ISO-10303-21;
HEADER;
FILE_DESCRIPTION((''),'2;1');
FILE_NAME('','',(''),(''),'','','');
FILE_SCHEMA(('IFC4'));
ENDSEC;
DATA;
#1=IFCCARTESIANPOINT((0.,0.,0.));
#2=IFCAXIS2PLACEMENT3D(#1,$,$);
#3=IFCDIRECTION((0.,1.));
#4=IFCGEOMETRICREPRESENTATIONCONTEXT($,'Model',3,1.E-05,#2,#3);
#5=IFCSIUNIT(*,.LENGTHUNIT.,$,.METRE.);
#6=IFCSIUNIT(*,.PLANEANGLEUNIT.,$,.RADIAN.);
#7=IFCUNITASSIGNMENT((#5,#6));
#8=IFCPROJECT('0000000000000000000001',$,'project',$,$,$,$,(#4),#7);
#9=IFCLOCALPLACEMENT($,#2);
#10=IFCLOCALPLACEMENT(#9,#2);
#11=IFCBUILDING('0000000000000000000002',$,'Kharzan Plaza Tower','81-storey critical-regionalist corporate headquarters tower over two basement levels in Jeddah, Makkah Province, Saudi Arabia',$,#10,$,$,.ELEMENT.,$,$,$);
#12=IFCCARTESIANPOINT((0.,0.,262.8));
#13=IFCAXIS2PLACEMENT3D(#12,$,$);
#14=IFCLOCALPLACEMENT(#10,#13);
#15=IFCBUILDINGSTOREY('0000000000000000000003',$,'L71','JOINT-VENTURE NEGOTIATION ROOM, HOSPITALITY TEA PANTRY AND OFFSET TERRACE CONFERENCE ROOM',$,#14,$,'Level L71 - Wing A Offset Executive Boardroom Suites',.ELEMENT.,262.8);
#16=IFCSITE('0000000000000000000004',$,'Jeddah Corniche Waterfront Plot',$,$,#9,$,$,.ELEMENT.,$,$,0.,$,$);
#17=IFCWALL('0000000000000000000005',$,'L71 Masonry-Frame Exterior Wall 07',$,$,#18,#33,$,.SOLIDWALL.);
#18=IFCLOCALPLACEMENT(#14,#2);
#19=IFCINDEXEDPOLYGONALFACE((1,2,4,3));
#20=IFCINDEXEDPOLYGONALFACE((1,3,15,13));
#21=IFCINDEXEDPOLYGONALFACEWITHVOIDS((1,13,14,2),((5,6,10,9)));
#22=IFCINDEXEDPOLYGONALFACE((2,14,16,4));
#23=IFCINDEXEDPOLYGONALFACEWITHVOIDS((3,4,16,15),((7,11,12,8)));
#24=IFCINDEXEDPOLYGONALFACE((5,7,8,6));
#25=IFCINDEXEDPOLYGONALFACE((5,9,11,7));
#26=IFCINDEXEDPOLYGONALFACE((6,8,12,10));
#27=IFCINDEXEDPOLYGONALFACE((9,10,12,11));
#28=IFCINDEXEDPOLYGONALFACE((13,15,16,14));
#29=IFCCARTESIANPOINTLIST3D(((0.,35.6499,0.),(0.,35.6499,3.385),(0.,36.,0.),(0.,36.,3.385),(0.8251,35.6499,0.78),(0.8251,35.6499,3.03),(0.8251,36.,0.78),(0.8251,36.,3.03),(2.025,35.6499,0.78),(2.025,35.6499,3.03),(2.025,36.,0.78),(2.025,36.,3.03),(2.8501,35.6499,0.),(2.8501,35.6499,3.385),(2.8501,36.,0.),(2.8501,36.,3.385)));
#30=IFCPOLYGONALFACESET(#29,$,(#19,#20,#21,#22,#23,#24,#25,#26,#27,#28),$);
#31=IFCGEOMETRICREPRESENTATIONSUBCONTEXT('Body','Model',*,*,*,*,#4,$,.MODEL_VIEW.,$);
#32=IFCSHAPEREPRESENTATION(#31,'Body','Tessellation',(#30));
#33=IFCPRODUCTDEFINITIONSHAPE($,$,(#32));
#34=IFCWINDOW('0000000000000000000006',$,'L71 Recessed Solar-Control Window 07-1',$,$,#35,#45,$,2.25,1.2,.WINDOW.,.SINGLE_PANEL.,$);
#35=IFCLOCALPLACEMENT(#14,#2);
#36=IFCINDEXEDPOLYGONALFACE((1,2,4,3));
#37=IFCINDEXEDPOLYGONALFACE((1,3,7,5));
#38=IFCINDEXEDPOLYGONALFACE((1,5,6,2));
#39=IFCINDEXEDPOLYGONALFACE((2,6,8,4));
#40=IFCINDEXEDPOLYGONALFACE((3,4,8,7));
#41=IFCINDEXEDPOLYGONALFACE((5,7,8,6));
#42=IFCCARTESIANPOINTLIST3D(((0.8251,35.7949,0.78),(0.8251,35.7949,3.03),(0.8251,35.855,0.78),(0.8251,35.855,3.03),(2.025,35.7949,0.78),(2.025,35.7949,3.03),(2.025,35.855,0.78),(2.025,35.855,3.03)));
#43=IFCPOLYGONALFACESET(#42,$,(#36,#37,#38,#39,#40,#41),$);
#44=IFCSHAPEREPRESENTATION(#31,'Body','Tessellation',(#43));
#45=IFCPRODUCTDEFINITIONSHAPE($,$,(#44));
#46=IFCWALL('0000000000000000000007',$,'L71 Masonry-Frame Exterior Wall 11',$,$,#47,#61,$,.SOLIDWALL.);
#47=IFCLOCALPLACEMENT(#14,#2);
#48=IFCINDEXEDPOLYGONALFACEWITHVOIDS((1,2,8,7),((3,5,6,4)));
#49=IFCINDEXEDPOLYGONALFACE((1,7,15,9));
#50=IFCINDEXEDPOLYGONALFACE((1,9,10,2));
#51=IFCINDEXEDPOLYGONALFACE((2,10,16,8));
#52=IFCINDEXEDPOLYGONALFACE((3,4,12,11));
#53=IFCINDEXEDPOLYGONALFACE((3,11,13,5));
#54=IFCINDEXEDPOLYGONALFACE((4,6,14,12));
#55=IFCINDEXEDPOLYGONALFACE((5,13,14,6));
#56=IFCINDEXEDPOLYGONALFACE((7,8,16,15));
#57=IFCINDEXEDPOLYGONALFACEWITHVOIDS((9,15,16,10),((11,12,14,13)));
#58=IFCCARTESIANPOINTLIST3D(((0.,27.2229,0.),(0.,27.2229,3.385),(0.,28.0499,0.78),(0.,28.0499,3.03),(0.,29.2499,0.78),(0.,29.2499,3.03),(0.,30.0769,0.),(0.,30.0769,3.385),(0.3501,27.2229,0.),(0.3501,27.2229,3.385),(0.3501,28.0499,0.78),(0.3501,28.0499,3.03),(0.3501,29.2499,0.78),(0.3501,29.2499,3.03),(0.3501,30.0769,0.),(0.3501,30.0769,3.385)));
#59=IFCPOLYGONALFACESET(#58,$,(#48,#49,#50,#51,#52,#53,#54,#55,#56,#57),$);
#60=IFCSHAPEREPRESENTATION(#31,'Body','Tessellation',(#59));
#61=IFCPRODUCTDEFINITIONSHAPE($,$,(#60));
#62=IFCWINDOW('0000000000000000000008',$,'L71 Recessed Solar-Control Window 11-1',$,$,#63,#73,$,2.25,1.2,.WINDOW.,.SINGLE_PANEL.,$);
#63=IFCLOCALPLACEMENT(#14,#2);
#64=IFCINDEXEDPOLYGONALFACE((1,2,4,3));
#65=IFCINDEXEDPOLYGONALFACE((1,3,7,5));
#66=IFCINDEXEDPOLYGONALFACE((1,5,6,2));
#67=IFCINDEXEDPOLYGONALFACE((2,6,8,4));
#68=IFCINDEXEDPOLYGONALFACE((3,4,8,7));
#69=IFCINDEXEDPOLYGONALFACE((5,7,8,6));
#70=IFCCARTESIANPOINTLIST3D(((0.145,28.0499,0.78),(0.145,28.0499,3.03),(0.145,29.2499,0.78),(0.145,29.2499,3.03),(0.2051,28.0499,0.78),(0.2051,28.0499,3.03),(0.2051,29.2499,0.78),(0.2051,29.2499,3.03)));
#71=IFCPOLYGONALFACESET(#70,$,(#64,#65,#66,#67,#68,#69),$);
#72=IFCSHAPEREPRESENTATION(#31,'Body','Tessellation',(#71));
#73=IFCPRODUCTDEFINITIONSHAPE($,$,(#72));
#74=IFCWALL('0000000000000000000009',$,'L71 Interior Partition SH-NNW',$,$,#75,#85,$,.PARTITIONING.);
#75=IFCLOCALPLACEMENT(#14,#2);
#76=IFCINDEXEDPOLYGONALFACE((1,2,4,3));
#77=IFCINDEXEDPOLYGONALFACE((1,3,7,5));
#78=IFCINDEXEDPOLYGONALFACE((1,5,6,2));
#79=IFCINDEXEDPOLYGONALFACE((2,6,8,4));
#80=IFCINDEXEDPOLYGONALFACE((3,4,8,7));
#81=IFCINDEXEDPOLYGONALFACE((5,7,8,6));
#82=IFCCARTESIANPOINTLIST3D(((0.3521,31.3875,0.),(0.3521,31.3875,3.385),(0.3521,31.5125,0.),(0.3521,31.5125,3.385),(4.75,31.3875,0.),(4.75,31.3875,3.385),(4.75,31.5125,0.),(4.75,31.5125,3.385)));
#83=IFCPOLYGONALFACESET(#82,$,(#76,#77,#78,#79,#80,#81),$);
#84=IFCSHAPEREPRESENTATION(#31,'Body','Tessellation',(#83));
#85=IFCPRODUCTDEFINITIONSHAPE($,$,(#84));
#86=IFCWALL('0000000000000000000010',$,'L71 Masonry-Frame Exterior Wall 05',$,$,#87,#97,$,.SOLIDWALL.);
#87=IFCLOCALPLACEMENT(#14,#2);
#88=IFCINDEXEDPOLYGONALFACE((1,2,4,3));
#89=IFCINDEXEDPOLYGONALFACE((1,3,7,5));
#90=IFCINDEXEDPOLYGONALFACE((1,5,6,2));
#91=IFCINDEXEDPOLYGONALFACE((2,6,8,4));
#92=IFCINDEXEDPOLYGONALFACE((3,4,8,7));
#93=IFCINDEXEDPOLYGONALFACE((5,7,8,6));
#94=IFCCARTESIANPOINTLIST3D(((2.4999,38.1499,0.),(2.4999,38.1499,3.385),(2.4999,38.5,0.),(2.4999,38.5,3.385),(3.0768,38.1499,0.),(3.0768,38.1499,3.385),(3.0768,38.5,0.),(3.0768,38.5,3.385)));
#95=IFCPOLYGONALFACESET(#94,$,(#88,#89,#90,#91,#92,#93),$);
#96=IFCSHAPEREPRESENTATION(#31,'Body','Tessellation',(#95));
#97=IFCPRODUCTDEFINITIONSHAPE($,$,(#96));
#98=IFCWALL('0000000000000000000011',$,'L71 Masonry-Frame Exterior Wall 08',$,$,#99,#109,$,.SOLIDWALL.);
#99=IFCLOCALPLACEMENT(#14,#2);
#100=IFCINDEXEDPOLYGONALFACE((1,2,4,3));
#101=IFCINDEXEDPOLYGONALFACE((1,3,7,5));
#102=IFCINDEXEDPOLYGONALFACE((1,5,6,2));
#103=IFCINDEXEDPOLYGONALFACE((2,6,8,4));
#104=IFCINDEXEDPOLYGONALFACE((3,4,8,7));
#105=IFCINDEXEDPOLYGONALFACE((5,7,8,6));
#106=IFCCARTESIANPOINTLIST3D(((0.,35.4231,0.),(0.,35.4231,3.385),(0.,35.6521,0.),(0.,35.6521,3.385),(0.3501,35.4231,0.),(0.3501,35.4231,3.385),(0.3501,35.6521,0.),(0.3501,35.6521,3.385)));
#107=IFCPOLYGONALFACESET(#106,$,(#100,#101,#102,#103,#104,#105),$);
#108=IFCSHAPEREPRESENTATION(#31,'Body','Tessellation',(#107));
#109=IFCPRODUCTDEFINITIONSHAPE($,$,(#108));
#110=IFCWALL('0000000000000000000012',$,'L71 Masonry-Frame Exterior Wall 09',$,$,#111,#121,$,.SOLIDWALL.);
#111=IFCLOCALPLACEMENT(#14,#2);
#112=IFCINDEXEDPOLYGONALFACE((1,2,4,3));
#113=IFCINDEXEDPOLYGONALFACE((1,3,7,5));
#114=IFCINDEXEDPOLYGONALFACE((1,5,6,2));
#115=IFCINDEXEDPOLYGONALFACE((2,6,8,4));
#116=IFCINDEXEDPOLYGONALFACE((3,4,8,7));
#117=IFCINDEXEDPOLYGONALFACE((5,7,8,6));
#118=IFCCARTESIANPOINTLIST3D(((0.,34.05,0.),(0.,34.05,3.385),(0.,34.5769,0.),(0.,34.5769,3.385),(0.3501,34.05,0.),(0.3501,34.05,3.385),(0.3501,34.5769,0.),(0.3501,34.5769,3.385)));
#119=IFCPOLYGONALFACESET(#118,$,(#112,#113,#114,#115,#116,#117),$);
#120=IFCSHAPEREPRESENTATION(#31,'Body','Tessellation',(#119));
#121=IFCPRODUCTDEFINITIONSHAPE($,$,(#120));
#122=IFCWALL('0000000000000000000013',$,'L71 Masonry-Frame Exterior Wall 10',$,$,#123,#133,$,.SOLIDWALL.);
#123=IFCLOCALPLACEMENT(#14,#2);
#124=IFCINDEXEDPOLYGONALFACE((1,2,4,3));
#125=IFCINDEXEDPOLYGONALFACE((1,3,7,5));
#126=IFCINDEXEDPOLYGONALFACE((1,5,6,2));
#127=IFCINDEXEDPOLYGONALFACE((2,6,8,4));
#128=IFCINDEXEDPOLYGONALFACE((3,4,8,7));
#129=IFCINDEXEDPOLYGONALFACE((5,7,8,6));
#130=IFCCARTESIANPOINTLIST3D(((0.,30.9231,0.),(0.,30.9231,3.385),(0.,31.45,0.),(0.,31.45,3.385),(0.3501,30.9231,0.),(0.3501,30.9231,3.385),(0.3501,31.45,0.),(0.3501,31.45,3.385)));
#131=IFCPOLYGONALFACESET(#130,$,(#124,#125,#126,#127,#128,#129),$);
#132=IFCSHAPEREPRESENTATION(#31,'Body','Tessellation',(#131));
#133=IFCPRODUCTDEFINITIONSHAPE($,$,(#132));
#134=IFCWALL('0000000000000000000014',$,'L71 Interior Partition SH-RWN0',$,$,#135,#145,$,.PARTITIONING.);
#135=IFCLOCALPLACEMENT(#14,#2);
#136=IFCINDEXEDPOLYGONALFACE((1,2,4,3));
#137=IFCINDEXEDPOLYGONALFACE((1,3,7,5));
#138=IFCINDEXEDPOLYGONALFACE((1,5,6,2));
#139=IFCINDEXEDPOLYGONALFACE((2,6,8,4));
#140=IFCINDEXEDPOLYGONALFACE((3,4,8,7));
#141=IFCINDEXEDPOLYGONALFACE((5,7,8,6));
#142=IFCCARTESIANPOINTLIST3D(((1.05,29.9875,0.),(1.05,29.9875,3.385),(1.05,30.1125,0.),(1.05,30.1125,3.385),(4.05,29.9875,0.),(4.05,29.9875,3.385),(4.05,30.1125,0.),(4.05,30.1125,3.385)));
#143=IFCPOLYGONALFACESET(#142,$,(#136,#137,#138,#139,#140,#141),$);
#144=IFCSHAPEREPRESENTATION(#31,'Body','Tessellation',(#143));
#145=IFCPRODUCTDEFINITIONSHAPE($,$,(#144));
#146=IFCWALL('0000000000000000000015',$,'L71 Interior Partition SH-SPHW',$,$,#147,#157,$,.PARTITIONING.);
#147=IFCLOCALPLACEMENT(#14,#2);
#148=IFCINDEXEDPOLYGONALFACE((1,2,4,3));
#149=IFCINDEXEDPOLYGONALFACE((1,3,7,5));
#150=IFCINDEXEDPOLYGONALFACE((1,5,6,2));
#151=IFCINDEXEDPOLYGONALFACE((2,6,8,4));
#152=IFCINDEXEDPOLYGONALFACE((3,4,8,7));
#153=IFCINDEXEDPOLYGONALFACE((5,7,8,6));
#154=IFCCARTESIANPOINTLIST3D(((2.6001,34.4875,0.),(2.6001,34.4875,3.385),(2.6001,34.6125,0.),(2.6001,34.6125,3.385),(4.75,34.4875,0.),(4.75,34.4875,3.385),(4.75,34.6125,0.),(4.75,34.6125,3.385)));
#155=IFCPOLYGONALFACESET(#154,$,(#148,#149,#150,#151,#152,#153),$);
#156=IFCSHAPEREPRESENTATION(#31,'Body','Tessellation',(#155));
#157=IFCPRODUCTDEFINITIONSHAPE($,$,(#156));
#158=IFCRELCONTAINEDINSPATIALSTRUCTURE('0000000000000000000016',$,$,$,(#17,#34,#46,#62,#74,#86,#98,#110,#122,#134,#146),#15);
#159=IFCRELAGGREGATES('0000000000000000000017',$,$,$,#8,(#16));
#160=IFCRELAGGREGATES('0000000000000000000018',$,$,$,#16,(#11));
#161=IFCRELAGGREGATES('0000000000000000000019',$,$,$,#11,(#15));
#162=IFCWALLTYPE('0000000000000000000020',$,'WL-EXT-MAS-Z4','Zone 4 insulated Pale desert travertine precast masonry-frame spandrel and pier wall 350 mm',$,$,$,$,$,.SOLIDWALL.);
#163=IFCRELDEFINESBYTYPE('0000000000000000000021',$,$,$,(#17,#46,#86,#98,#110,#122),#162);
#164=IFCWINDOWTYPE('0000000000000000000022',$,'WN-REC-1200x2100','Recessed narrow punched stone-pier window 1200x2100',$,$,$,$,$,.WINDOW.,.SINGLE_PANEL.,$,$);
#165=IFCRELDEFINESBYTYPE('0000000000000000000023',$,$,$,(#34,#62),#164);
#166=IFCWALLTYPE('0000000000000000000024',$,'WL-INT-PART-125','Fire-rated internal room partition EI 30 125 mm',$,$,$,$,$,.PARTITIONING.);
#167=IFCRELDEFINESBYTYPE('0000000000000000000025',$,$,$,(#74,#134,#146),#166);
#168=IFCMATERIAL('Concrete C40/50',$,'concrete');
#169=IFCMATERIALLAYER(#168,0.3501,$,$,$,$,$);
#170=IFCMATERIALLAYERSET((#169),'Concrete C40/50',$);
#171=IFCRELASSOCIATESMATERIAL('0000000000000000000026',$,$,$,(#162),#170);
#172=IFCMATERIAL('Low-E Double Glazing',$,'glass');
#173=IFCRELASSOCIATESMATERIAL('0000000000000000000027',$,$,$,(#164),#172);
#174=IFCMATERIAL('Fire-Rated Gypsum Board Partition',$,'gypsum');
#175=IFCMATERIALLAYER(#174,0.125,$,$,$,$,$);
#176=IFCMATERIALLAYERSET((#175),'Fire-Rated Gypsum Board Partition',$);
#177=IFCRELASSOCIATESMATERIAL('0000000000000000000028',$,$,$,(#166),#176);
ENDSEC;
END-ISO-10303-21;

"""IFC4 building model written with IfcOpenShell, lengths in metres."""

from ifc_helpers import new_model, si_unit, direction, frame, frame_2d, origin, place, context, subcontext, project, spatial, rectangle, extrude, source, transform, mapped, material, layer, layer_set, type_object, element, fill, save


model = new_model("IFC4")

# Units and contexts
model_context = context("Model", 3, precision=1e-05, world=origin(), true_north=direction((0.0, 1.0)))
body_context = subcontext(model_context, "Body", "Model", "MODEL_VIEW")
ifc_project = project(units=[si_unit("LENGTHUNIT", "METRE"), si_unit("PLANEANGLEUNIT", "RADIAN")], contexts=[model_context])

# Site, building, storey
site_placement = place(None, origin())
site = spatial("IfcSite", under=ifc_project, at=site_placement, Name="Jeddah Corniche Waterfront Plot", CompositionType="ELEMENT", RefElevation=0.0)
building_placement = place(site_placement, origin())
building = spatial("IfcBuilding", under=site, at=building_placement, Name="Kharzan Plaza Tower", Description="81-storey critical-regionalist corporate headquarters tower over two basement levels in Jeddah, Makkah Province, Saudi Arabia", CompositionType="ELEMENT")
storey_placement = place(building_placement, frame((0.0, 0.0, 262.8)))
storey = spatial("IfcBuildingStorey", under=building, at=storey_placement, Name="L71", Description="JOINT-VENTURE NEGOTIATION ROOM, HOSPITALITY TEA PANTRY AND OFFSET TERRACE CONFERENCE ROOM", LongName="Level L71 - Wing A Offset Executive Boardroom Suites", CompositionType="ELEMENT", Elevation=262.8)

# Walls, openings, windows
ifc_material_1 = material(Name="Concrete C40/50", Category="concrete")
ifc_layer_1 = layer(ifc_material_1, 0.3501)
ifc_layer_set_1 = layer_set([ifc_layer_1], Name="Concrete C40/50")
wall_type_1 = type_object("IfcWallType", Name="WL-EXT-MAS-Z4", Description="Zone 4 insulated Pale desert travertine precast masonry-frame spandrel and pier wall 350 mm", PredefinedType="SOLIDWALL", material=ifc_layer_set_1)
ifc_material_2 = material(Name="Low-E Double Glazing", Category="glass")
window_type = type_object("IfcWindowType", Name="WN-REC-1200x2100", Description="Recessed narrow punched stone-pier window 1200x2100", PartitioningType="SINGLE_PANEL", PredefinedType="WINDOW", material=ifc_material_2)
shared_shape_1 = source(origin(), body_context, "Body", "SweptSolid", [
    extrude(rectangle(XDim=1.2, YDim=2.25, at=frame_2d((0.6001, 1.125))), frame((0.0, 0.03, 0.0), z_axis=(0.0, -1.0, 0.0), x_axis=(1.0, 0.0, 0.0)), (0.0, 0.0, 1.0), 0.0601),
])
wall_1_placement = place(storey_placement, frame((2.8501, 35.825, 0.0), z_axis=(0.0, 0.0, 1.0), x_axis=(-1.0, 0.0, 0.0)))
wall_1 = element("IfcWall", 1, at=wall_1_placement, inside=storey, type_object=wall_type_1, Name="L71 Masonry-Frame Exterior Wall 07", PredefinedType="SOLIDWALL", context=body_context, shape_type="SweptSolid", body=[
    extrude(rectangle(XDim=2.8501, YDim=0.3501, at=frame_2d((1.425, 0.0))), origin(), (0.0, 0.0, 1.0), 3.385),
])
opening_1_placement = place(wall_1_placement, frame((0.825, 0.0, 0.78)))
opening_1 = element("IfcOpeningElement", 2, at=opening_1_placement, cuts=wall_1, PredefinedType="OPENING", context=body_context, shape_type="SweptSolid", body=[
    extrude(rectangle(XDim=1.2, YDim=2.25, at=frame_2d((0.6001, 1.125))), frame((0.0, 0.1851, 0.0), z_axis=(0.0, -1.0, 0.0), x_axis=(1.0, 0.0, 0.0)), (0.0, 0.0, 1.0), 0.3701),
])
window_1_placement = place(opening_1_placement, origin())
window_1 = element("IfcWindow", 3, at=window_1_placement, inside=storey, type_object=window_type, Name="L71 Recessed Solar-Control Window 07-1", OverallHeight=2.25, OverallWidth=1.2, PartitioningType="SINGLE_PANEL", PredefinedType="WINDOW", context=body_context, shape_type="MappedRepresentation", body=[
    mapped(shared_shape_1, transform((0.0, 0.0, 0.0), x_axis=(1.0, 0.0, 0.0), y_axis=(0.0, 1.0, 0.0), z_axis=(0.0, 0.0, 1.0))),
])
fill(opening_1, window_1)
wall_2_placement = place(storey_placement, frame((0.175, 30.0769, 0.0), z_axis=(0.0, 0.0, 1.0), x_axis=(0.0, -1.0, 0.0)))
wall_2 = element("IfcWall", 4, at=wall_2_placement, inside=storey, type_object=wall_type_1, Name="L71 Masonry-Frame Exterior Wall 11", PredefinedType="SOLIDWALL", context=body_context, shape_type="SweptSolid", body=[
    extrude(rectangle(XDim=2.854, YDim=0.3501, at=frame_2d((1.427, 0.0))), origin(), (0.0, 0.0, 1.0), 3.385),
])
opening_2_placement = place(wall_2_placement, frame((0.8269, 0.0, 0.78)))
opening_2 = element("IfcOpeningElement", 5, at=opening_2_placement, cuts=wall_2, PredefinedType="OPENING", context=body_context, shape_type="SweptSolid", body=[
    extrude(rectangle(XDim=1.2, YDim=2.25, at=frame_2d((0.6001, 1.125))), frame((0.0, 0.1851, 0.0), z_axis=(0.0, -1.0, 0.0), x_axis=(1.0, 0.0, 0.0)), (0.0, 0.0, 1.0), 0.3701),
])
window_2_placement = place(opening_2_placement, origin())
window_2 = element("IfcWindow", 6, at=window_2_placement, inside=storey, type_object=window_type, Name="L71 Recessed Solar-Control Window 11-1", OverallHeight=2.25, OverallWidth=1.2, PartitioningType="SINGLE_PANEL", PredefinedType="WINDOW", context=body_context, shape_type="MappedRepresentation", body=[
    mapped(shared_shape_1, transform((0.0, 0.0, 0.0), x_axis=(1.0, 0.0, 0.0), y_axis=(0.0, 1.0, 0.0), z_axis=(0.0, 0.0, 1.0))),
])
fill(opening_2, window_2)

# Walls
ifc_material_3 = material(Name="Fire-Rated Gypsum Board Partition", Category="gypsum")
ifc_layer_2 = layer(ifc_material_3, 0.125)
ifc_layer_set_2 = layer_set([ifc_layer_2], Name="Fire-Rated Gypsum Board Partition")
wall_type_2 = type_object("IfcWallType", Name="WL-INT-PART-125", Description="Fire-rated internal room partition EI 30 125 mm", PredefinedType="PARTITIONING", material=ifc_layer_set_2)
shared_shape_2 = source(origin(), body_context, "Body", "SweptSolid", [
    extrude(rectangle(XDim=4.3979, YDim=0.125, at=frame_2d((2.199, 0.0))), origin(), (0.0, 0.0, 1.0), 3.385),
])
wall_3_placement = place(storey_placement, frame((0.3521, 31.45, 0.0), z_axis=(0.0, 0.0, 1.0), x_axis=(1.0, 0.0, 0.0)))
element("IfcWall", 7, at=wall_3_placement, inside=storey, type_object=wall_type_2, Name="L71 Interior Partition SH-NNW", PredefinedType="PARTITIONING", context=body_context, shape_type="MappedRepresentation", body=[
    mapped(shared_shape_2, transform((0.0, 0.0, 0.0), x_axis=(1.0, 0.0, 0.0), y_axis=(0.0, 1.0, 0.0), z_axis=(0.0, 0.0, 1.0))),
])
shared_shape_3 = source(origin(), body_context, "Body", "SweptSolid", [
    extrude(rectangle(XDim=0.5769, YDim=0.3501, at=frame_2d((0.2886, 0.0))), origin(), (0.0, 0.0, 1.0), 3.385),
])
wall_4_placement = place(storey_placement, frame((3.0769, 38.325, 0.0), z_axis=(0.0, 0.0, 1.0), x_axis=(-1.0, 0.0, 0.0)))
element("IfcWall", 8, at=wall_4_placement, inside=storey, type_object=wall_type_1, Name="L71 Masonry-Frame Exterior Wall 05", PredefinedType="SOLIDWALL", context=body_context, shape_type="MappedRepresentation", body=[
    mapped(shared_shape_3, transform((0.0, 0.0, 0.0), x_axis=(1.0, 0.0, 0.0), y_axis=(0.0, 1.0, 0.0), z_axis=(0.0, 0.0, 1.0))),
])
shared_shape_4 = source(origin(), body_context, "Body", "SweptSolid", [
    extrude(rectangle(XDim=0.229, YDim=0.3501, at=frame_2d((0.1145, 0.0))), origin(), (0.0, 0.0, 1.0), 3.385),
])
wall_5_placement = place(storey_placement, frame((0.175, 35.6521, 0.0), z_axis=(0.0, 0.0, 1.0), x_axis=(0.0, -1.0, 0.0)))
element("IfcWall", 9, at=wall_5_placement, inside=storey, type_object=wall_type_1, Name="L71 Masonry-Frame Exterior Wall 08", PredefinedType="SOLIDWALL", context=body_context, shape_type="MappedRepresentation", body=[
    mapped(shared_shape_4, transform((0.0, 0.0, 0.0), x_axis=(1.0, 0.0, 0.0), y_axis=(0.0, 1.0, 0.0), z_axis=(0.0, 0.0, 1.0))),
])
shared_shape_5 = source(origin(), body_context, "Body", "SweptSolid", [
    extrude(rectangle(XDim=0.5269, YDim=0.3501, at=frame_2d((0.2634, 0.0))), origin(), (0.0, 0.0, 1.0), 3.385),
])
for number, where, z_axis, x_axis, name in (
    (10, (0.175, 34.5769, 0.0), (0.0, 0.0, 1.0), (0.0, -1.0, 0.0), "L71 Masonry-Frame Exterior Wall 09"),
    (11, (0.175, 31.45, 0.0), (0.0, 0.0, 1.0), (0.0, -1.0, 0.0), "L71 Masonry-Frame Exterior Wall 10"),
):
    element("IfcWall", number, at=place(storey_placement, frame(where, z_axis=z_axis, x_axis=x_axis)), inside=storey, type_object=wall_type_1, Name=name, PredefinedType="SOLIDWALL", context=body_context, shape_type="MappedRepresentation", body=[
        mapped(shared_shape_5, transform((0.0, 0.0, 0.0), x_axis=(1.0, 0.0, 0.0), y_axis=(0.0, 1.0, 0.0), z_axis=(0.0, 0.0, 1.0))),
    ])
shared_shape_6 = source(origin(), body_context, "Body", "SweptSolid", [
    extrude(rectangle(XDim=3.0, YDim=0.125, at=frame_2d((1.5, 0.0))), origin(), (0.0, 0.0, 1.0), 3.385),
])
wall_6_placement = place(storey_placement, frame((1.05, 30.05, 0.0), z_axis=(0.0, 0.0, 1.0), x_axis=(1.0, 0.0, 0.0)))
element("IfcWall", 12, at=wall_6_placement, inside=storey, type_object=wall_type_2, Name="L71 Interior Partition SH-RWN0", PredefinedType="PARTITIONING", context=body_context, shape_type="MappedRepresentation", body=[
    mapped(shared_shape_6, transform((0.0, 0.0, 0.0), x_axis=(1.0, 0.0, 0.0), y_axis=(0.0, 1.0, 0.0), z_axis=(0.0, 0.0, 1.0))),
])
shared_shape_7 = source(origin(), body_context, "Body", "SweptSolid", [
    extrude(rectangle(XDim=2.1499, YDim=0.125, at=frame_2d((1.075, 0.0))), origin(), (0.0, 0.0, 1.0), 3.385),
])
wall_7_placement = place(storey_placement, frame((2.6001, 34.55, 0.0), z_axis=(0.0, 0.0, 1.0), x_axis=(1.0, 0.0, 0.0)))
element("IfcWall", 13, at=wall_7_placement, inside=storey, type_object=wall_type_2, Name="L71 Interior Partition SH-SPHW", PredefinedType="PARTITIONING", context=body_context, shape_type="MappedRepresentation", body=[
    mapped(shared_shape_7, transform((0.0, 0.0, 0.0), x_axis=(1.0, 0.0, 0.0), y_axis=(0.0, 1.0, 0.0), z_axis=(0.0, 0.0, 1.0))),
])

save(model, "model.ifc")
